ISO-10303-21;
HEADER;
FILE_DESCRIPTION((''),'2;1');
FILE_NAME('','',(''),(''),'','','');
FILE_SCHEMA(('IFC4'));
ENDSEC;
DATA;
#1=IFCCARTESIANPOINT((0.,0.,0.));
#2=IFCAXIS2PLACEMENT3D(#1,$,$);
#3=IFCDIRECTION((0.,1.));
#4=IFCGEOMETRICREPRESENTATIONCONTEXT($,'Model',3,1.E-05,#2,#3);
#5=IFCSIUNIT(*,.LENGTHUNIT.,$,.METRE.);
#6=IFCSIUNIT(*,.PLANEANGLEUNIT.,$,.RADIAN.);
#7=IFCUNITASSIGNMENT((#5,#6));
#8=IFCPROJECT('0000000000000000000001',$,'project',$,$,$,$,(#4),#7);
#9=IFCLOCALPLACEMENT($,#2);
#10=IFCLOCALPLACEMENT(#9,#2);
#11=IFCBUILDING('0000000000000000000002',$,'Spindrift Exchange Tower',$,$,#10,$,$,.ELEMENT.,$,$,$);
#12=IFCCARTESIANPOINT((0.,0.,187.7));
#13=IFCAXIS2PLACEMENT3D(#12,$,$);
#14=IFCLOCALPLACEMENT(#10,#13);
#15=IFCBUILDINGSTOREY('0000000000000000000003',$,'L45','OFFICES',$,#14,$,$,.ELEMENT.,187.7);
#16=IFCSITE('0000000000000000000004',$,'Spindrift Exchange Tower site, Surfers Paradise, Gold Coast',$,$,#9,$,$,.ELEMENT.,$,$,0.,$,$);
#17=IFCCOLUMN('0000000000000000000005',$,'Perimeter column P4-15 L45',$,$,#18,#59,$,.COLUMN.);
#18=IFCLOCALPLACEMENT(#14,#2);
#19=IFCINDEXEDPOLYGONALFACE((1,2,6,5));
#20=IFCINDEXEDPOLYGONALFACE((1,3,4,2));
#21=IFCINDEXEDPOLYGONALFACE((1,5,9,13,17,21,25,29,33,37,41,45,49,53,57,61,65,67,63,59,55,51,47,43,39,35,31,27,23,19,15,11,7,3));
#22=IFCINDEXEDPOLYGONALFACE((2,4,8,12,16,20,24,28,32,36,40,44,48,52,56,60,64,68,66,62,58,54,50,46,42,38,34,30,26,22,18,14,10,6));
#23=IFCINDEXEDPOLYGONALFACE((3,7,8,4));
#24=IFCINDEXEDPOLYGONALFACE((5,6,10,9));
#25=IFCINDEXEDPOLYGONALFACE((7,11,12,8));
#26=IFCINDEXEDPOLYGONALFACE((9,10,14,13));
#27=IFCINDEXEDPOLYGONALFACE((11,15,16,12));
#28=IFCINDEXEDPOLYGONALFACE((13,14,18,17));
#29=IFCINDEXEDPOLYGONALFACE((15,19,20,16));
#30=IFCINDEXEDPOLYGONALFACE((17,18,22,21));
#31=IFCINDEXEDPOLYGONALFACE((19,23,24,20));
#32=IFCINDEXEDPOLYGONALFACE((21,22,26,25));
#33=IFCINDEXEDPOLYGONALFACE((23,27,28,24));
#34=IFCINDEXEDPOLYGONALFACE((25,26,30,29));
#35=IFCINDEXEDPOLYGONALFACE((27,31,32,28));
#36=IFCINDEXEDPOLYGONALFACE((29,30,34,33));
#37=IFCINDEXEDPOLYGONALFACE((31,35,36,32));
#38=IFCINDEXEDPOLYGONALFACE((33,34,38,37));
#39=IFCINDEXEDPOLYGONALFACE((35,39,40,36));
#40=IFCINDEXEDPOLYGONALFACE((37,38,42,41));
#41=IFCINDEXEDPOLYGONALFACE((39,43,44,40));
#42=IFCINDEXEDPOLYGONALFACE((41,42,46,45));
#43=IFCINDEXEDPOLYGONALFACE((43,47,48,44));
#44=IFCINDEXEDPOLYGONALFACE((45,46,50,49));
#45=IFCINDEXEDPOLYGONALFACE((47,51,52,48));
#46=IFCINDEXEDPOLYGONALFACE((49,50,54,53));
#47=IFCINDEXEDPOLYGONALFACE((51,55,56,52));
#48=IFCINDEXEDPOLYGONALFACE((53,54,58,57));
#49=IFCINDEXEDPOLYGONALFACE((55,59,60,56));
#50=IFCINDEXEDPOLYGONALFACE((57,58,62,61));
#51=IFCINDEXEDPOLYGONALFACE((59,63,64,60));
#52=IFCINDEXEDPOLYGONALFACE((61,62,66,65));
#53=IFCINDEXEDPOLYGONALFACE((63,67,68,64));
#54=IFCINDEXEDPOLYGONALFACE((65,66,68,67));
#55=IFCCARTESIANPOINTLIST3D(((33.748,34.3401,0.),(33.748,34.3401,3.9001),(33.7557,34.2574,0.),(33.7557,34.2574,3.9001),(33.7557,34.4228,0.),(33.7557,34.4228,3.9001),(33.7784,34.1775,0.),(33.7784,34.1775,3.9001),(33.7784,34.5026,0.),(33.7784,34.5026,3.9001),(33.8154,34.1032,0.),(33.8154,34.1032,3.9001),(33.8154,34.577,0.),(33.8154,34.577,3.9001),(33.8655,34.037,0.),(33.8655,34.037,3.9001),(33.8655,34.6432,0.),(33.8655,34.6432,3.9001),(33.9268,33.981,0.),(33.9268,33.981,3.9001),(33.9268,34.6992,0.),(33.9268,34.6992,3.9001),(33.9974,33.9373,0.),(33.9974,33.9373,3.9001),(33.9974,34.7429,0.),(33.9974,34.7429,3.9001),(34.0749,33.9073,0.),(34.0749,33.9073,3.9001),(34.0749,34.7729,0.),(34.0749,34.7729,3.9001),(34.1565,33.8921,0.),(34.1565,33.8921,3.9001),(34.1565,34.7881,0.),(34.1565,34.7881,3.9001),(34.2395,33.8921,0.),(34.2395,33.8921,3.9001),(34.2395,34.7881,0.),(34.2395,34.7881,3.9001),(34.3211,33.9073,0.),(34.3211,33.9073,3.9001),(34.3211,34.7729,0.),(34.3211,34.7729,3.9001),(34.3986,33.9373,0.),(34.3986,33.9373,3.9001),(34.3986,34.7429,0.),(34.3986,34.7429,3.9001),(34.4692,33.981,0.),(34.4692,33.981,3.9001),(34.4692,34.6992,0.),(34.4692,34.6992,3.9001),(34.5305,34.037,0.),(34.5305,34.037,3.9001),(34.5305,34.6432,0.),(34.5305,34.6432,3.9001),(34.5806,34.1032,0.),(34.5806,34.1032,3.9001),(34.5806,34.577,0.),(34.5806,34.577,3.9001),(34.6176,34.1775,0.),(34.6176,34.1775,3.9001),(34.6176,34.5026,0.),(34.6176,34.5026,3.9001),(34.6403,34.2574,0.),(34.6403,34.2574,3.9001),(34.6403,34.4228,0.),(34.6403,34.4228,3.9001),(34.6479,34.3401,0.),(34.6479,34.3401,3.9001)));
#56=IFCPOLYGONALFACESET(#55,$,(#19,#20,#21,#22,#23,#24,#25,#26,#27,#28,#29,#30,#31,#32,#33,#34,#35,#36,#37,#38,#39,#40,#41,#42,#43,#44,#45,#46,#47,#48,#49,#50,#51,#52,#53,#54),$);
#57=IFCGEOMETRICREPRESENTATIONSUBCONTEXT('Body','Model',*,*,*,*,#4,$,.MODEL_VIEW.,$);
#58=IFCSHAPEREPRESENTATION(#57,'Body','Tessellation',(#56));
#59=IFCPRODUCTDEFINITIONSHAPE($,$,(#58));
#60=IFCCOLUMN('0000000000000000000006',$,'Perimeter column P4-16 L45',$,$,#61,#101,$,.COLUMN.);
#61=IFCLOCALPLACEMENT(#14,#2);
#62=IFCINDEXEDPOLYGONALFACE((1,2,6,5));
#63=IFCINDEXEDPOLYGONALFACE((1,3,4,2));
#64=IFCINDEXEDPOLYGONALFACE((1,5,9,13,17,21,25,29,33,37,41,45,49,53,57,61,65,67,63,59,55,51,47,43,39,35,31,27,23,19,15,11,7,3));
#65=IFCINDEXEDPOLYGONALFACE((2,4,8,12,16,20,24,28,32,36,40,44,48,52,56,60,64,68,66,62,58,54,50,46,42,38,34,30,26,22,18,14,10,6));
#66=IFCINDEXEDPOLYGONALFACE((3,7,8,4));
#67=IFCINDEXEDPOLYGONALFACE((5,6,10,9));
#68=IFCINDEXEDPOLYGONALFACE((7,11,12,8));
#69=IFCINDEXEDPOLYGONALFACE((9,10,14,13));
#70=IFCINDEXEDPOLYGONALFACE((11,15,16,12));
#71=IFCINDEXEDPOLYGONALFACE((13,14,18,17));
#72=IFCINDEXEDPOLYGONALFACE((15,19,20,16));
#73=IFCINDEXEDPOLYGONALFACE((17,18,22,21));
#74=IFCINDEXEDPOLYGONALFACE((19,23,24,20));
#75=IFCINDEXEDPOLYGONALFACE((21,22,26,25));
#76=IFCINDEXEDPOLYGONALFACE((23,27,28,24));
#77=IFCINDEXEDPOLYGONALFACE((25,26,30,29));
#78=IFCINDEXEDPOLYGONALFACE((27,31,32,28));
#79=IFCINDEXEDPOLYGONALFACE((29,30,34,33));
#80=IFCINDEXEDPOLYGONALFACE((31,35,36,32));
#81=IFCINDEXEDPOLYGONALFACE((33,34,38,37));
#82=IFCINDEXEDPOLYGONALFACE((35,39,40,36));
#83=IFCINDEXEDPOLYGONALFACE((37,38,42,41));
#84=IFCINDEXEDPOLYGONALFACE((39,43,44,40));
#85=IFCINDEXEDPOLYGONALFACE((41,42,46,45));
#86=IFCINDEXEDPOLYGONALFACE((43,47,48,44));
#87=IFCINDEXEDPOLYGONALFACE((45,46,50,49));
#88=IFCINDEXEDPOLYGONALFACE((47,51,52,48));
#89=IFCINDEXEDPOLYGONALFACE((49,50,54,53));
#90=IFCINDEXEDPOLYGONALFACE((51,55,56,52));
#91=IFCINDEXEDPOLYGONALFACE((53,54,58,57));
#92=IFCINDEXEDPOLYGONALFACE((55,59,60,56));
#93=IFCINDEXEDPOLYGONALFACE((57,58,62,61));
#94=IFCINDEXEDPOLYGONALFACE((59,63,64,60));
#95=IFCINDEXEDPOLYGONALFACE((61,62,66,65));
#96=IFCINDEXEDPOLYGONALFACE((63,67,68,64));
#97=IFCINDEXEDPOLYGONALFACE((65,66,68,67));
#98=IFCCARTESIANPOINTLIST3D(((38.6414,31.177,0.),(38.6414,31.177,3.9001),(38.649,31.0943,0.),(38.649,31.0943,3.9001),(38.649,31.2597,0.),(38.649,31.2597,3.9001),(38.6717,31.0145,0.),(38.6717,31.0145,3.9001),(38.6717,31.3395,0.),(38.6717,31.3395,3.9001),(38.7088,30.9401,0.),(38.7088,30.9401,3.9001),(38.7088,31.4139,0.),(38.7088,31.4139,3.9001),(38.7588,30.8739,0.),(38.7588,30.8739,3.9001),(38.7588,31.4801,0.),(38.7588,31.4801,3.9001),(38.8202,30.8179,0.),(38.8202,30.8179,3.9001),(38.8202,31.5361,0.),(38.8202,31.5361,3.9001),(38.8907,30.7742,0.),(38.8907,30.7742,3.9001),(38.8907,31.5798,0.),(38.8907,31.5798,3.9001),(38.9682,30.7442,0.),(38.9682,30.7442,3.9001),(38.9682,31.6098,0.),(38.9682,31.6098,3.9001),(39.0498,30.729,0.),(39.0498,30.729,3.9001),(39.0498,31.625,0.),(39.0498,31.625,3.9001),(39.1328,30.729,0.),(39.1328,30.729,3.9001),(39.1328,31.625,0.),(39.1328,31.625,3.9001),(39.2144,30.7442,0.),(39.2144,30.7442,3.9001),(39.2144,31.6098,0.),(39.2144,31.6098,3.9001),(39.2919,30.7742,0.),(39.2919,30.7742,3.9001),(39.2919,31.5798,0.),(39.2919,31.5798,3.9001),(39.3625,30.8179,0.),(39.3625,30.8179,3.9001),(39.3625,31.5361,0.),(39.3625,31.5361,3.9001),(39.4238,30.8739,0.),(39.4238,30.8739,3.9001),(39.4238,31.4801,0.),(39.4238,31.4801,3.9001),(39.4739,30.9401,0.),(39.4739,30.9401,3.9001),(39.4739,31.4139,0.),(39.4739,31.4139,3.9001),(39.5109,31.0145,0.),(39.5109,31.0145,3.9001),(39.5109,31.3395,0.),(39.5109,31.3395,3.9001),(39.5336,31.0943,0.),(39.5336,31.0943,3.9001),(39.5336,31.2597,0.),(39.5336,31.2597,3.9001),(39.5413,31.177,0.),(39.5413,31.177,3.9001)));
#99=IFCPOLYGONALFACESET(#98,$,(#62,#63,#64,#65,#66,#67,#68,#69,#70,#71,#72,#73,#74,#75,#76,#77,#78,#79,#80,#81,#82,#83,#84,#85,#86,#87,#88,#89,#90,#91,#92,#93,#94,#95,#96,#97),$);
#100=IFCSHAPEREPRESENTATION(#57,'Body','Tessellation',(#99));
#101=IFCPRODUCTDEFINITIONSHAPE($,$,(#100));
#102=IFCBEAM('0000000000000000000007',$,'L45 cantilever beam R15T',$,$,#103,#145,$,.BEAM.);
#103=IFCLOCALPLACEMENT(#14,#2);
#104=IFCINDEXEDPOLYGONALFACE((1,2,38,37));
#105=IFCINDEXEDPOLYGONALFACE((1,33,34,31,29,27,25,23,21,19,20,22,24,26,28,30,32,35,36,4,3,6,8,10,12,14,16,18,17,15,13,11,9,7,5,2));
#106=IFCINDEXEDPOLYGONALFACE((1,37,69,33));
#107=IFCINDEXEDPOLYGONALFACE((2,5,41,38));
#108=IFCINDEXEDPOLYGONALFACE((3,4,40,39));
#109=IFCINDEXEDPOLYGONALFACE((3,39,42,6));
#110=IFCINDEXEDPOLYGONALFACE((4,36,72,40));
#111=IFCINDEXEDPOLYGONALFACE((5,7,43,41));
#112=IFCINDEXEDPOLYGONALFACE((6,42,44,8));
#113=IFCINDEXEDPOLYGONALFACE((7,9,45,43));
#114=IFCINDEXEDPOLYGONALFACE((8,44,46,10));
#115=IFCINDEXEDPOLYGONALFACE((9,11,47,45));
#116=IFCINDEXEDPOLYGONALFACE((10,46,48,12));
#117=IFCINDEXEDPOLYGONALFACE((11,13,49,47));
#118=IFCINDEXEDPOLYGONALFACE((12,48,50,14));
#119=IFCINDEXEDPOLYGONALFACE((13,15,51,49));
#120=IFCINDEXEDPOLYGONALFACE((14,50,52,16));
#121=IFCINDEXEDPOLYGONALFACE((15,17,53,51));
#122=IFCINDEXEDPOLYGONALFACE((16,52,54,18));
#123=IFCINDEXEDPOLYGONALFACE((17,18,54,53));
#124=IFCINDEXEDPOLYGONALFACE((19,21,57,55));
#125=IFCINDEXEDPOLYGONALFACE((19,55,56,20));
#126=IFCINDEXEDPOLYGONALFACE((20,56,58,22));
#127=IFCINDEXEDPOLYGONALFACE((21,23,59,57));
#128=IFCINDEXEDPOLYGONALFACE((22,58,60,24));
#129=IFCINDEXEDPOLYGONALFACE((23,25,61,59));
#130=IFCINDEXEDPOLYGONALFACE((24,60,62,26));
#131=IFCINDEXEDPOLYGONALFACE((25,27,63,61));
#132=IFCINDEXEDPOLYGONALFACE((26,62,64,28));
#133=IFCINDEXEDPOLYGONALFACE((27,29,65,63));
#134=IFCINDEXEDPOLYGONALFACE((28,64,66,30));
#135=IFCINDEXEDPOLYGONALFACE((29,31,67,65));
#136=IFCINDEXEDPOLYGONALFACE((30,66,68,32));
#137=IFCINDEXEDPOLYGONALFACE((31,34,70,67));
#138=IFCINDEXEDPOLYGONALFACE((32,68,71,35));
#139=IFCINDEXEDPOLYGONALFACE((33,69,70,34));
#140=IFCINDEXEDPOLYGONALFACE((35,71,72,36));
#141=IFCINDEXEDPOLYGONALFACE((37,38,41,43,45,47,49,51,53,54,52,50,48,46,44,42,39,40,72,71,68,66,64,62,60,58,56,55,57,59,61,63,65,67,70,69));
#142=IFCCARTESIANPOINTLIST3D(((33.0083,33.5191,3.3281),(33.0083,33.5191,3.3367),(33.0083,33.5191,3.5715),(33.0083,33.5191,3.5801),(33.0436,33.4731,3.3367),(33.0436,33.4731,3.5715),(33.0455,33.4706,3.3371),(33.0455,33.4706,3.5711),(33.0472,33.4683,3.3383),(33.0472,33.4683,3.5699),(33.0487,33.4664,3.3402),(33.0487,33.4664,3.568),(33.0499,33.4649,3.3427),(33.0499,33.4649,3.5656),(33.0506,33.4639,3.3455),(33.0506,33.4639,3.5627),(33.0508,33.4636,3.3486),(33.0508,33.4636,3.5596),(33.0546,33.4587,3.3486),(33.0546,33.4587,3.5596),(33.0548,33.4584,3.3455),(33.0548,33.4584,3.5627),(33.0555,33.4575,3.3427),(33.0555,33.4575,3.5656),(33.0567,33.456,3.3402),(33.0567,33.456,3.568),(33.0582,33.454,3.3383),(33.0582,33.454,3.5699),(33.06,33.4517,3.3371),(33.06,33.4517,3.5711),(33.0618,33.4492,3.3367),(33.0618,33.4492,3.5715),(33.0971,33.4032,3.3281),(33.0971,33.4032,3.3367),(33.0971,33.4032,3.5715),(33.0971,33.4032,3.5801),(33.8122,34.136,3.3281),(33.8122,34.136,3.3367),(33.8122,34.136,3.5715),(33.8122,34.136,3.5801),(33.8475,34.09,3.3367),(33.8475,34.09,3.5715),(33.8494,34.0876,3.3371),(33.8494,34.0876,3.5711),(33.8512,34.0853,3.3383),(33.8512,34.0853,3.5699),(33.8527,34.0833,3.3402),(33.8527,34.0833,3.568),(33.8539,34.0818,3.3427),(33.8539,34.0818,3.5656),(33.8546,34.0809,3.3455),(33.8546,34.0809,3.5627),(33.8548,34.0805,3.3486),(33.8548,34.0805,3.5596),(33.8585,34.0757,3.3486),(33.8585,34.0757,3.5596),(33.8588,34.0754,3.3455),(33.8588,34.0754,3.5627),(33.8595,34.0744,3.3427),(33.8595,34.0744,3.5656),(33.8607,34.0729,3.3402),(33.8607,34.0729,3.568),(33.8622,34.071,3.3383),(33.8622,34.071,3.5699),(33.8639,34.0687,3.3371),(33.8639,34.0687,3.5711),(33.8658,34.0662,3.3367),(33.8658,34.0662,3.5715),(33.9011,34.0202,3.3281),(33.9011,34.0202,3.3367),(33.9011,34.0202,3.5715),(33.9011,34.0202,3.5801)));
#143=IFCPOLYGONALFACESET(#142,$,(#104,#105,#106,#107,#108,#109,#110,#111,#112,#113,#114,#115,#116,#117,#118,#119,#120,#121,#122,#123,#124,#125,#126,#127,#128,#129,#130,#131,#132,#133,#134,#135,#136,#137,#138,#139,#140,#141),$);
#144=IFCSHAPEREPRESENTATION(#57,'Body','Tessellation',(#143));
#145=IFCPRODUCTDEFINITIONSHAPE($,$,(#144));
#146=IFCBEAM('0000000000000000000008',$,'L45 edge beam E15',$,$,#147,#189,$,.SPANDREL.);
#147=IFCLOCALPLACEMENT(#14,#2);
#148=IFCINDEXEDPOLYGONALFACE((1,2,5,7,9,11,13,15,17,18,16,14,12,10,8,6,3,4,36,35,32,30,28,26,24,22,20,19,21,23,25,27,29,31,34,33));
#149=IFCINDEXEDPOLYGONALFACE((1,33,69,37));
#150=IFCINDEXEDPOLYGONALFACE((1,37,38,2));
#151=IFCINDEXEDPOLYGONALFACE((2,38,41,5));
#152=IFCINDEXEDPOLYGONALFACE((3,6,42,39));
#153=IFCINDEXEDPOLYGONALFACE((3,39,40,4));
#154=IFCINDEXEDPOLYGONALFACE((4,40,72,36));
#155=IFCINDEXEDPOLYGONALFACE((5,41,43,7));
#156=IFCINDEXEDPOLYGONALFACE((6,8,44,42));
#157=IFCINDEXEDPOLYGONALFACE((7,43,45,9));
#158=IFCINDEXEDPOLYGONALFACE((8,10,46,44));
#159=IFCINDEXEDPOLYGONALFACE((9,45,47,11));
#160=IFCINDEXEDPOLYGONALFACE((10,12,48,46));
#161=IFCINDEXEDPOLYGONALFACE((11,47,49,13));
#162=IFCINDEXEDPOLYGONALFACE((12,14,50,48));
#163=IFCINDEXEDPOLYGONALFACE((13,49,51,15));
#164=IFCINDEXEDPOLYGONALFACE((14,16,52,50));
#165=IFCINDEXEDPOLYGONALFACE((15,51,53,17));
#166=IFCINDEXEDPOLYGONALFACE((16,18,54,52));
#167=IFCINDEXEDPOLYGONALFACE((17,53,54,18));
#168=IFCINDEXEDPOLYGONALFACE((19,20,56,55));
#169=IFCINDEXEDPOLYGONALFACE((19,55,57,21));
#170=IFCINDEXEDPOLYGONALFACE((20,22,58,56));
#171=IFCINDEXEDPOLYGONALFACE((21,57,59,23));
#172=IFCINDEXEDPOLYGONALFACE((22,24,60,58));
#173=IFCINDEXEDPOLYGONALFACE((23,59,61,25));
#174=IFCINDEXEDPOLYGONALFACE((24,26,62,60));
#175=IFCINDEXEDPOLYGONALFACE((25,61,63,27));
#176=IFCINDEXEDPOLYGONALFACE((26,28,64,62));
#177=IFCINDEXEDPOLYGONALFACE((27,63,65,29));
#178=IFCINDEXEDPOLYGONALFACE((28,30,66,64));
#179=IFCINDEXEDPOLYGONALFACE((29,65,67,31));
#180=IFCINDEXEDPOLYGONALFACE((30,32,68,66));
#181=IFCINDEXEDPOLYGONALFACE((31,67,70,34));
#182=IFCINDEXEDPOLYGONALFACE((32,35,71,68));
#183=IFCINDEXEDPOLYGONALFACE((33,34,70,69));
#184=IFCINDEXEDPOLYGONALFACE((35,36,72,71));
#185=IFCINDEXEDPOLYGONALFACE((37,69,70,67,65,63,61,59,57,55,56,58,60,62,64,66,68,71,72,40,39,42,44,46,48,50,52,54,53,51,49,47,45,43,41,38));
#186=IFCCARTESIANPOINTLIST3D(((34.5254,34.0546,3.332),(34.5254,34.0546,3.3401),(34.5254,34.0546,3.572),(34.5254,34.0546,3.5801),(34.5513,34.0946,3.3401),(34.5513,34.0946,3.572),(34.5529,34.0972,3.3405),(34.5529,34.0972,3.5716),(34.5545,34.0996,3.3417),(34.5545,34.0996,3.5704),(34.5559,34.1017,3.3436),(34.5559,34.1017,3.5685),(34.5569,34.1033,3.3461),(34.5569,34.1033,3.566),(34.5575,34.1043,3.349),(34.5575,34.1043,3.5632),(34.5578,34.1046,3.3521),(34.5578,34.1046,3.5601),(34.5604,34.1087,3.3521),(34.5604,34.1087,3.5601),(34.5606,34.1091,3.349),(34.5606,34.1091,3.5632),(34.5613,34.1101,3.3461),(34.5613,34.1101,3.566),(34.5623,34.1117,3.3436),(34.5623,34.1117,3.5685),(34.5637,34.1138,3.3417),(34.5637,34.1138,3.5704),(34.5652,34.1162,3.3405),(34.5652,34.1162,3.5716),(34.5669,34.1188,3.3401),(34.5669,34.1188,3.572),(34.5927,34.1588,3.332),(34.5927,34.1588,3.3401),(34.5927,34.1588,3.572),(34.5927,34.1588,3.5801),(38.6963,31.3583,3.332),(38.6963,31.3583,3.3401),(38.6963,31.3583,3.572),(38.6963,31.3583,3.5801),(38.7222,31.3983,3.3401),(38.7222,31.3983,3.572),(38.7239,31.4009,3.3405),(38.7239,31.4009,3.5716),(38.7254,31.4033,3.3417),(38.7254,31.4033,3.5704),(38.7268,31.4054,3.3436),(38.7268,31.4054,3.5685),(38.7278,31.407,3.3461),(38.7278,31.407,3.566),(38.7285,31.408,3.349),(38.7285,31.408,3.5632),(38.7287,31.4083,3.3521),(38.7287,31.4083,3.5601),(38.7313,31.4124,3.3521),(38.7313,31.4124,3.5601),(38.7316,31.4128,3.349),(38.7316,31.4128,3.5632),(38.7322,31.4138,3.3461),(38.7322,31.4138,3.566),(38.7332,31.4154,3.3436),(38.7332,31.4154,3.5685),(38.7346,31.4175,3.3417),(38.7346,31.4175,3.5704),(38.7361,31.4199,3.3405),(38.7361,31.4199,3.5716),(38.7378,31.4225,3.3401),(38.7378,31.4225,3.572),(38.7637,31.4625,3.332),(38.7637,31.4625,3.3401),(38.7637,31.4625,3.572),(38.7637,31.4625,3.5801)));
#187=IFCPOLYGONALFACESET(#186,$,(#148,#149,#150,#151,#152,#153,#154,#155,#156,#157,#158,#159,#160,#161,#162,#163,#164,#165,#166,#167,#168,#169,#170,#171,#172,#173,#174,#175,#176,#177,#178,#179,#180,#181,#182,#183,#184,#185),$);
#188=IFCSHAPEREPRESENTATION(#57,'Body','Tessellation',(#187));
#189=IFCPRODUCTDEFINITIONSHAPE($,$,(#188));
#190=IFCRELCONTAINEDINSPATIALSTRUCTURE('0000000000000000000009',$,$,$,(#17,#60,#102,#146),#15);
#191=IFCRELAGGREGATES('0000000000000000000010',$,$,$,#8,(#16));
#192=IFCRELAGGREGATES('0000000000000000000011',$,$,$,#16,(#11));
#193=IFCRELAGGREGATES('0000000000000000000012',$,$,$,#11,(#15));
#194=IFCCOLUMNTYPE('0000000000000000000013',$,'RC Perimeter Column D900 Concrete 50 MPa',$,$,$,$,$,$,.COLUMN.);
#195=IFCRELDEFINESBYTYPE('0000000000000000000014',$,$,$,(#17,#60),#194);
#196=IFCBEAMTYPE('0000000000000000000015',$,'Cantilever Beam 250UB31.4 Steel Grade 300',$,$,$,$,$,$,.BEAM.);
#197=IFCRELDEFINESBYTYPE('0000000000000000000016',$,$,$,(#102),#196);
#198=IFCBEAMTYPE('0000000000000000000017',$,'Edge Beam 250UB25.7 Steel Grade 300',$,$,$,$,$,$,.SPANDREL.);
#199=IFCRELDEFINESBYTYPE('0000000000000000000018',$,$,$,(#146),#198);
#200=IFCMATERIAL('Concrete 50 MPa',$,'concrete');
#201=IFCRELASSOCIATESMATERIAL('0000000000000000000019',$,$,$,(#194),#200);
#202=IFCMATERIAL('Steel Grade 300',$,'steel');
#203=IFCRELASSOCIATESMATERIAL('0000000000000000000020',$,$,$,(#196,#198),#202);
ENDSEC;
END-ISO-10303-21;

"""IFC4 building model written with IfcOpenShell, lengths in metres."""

from ifc_helpers import new_model, si_unit, direction, frame, origin, origin_2d, place, context, subcontext, project, spatial, circle, i_section, extrude, source, transform, mapped, material, material_profile, profile_set, type_object, element, save


model = new_model("IFC4")

# Units and contexts
model_context = context("Model", 3, precision=1e-05, world=origin(), true_north=direction((0.0, 1.0)))
body_context = subcontext(model_context, "Body", "Model", "MODEL_VIEW")
ifc_project = project(units=[si_unit("LENGTHUNIT", "METRE"), si_unit("PLANEANGLEUNIT", "RADIAN")], contexts=[model_context])

# Site, building, storey
site_placement = place(None, origin())
site = spatial("IfcSite", under=ifc_project, at=site_placement, Name="Spindrift Exchange Tower site, Surfers Paradise, Gold Coast", CompositionType="ELEMENT", RefElevation=0.0)
building_placement = place(site_placement, origin())
building = spatial("IfcBuilding", under=site, at=building_placement, Name="Spindrift Exchange Tower", CompositionType="ELEMENT")
storey_placement = place(building_placement, frame((0.0, 0.0, 187.7)))
storey = spatial("IfcBuildingStorey", under=building, at=storey_placement, Name="L45", Description="OFFICES", CompositionType="ELEMENT", Elevation=187.7)

# Columns
ifc_material_1 = material(Name="Concrete 50 MPa", Category="concrete")
ifc_material_profile_1 = material_profile(ifc_material_1, circle(Radius=0.45, at=origin_2d()), Name="RC D900")
ifc_profile_set_1 = profile_set([ifc_material_profile_1], Name="Concrete 50 MPa")
column_type = type_object("IfcColumnType", Name="RC Perimeter Column D900 Concrete 50 MPa", PredefinedType="COLUMN", material=ifc_profile_set_1)
shared_shape_1 = source(origin(), body_context, "Body", "SweptSolid", [
    extrude(circle(Radius=0.45, at=origin_2d()), origin(), (0.0, 0.0, 1.0), 3.9001),
])
for number, where, z_axis, x_axis, name in (
    (1, (34.198, 34.3401, 0.0), (0.0, 0.0, 1.0), (1.0, 0.0, 0.0), "Perimeter column P4-15 L45"),
    (2, (39.0913, 31.177, 0.0), (0.0, 0.0, 1.0), (1.0, 0.0, 0.0), "Perimeter column P4-16 L45"),
):
    element("IfcColumn", number, at=place(storey_placement, frame(where, z_axis=z_axis, x_axis=x_axis)), inside=storey, type_object=column_type, Name=name, PredefinedType="COLUMN", context=body_context, shape_type="MappedRepresentation", body=[
        mapped(shared_shape_1, transform((0.0, 0.0, 0.0), scale=1.0)),
    ])

# Beams
ifc_material_2 = material(Name="Steel Grade 300", Category="steel")
ifc_material_profile_2 = material_profile(ifc_material_2, i_section(OverallWidth=0.146, OverallDepth=0.252, WebThickness=0.0061, FlangeThickness=0.0085, FilletRadius=0.012, at=origin_2d()), Name="250UB31.4")
ifc_profile_set_2 = profile_set([ifc_material_profile_2], Name="Steel Grade 300")
beam_type_1 = type_object("IfcBeamType", Name="Cantilever Beam 250UB31.4 Steel Grade 300", PredefinedType="BEAM", material=ifc_profile_set_2)
shared_shape_2 = source(origin(), body_context, "Body", "SweptSolid", [
    extrude(i_section(OverallWidth=0.146, OverallDepth=0.252, WebThickness=0.0061, FlangeThickness=0.0085, FilletRadius=0.012, at=origin_2d()), origin(), (0.0, 0.0, 1.0), 1.0134),
])
beam_1_placement = place(storey_placement, frame((33.8567, 34.0781, 3.4541), z_axis=(-0.793331, -0.608791, 0.0), x_axis=(0.608791, -0.793331, 0.0)))
element("IfcBeam", 3, at=beam_1_placement, inside=storey, type_object=beam_type_1, Name="L45 cantilever beam R15T", PredefinedType="BEAM", context=body_context, shape_type="MappedRepresentation", body=[
    mapped(shared_shape_2, transform((0.0, 0.0, 0.0), scale=1.0)),
])
ifc_material_profile_3 = material_profile(ifc_material_2, i_section(OverallWidth=0.124, OverallDepth=0.248, WebThickness=0.0049, FlangeThickness=0.0081, FilletRadius=0.012, at=origin_2d()), Name="250UB25.7")
ifc_profile_set_3 = profile_set([ifc_material_profile_3], Name="Steel Grade 300")
beam_type_2 = type_object("IfcBeamType", Name="Edge Beam 250UB25.7 Steel Grade 300", PredefinedType="SPANDREL", material=ifc_profile_set_3)
shared_shape_3 = source(origin(), body_context, "Body", "SweptSolid", [
    extrude(i_section(OverallWidth=0.124, OverallDepth=0.248, WebThickness=0.0049, FlangeThickness=0.0081, FilletRadius=0.012, at=origin_2d()), origin(), (0.0, 0.0, 1.0), 4.9666),
])
beam_2_placement = place(storey_placement, frame((34.5591, 34.1067, 3.4561), z_axis=(0.839802, -0.542893, 0.0), x_axis=(0.542893, 0.839802, 0.0)))
element("IfcBeam", 4, at=beam_2_placement, inside=storey, type_object=beam_type_2, Name="L45 edge beam E15", PredefinedType="SPANDREL", context=body_context, shape_type="MappedRepresentation", body=[
    mapped(shared_shape_3, transform((0.0, 0.0, 0.0), scale=1.0)),
])

save(model, "model.ifc")
